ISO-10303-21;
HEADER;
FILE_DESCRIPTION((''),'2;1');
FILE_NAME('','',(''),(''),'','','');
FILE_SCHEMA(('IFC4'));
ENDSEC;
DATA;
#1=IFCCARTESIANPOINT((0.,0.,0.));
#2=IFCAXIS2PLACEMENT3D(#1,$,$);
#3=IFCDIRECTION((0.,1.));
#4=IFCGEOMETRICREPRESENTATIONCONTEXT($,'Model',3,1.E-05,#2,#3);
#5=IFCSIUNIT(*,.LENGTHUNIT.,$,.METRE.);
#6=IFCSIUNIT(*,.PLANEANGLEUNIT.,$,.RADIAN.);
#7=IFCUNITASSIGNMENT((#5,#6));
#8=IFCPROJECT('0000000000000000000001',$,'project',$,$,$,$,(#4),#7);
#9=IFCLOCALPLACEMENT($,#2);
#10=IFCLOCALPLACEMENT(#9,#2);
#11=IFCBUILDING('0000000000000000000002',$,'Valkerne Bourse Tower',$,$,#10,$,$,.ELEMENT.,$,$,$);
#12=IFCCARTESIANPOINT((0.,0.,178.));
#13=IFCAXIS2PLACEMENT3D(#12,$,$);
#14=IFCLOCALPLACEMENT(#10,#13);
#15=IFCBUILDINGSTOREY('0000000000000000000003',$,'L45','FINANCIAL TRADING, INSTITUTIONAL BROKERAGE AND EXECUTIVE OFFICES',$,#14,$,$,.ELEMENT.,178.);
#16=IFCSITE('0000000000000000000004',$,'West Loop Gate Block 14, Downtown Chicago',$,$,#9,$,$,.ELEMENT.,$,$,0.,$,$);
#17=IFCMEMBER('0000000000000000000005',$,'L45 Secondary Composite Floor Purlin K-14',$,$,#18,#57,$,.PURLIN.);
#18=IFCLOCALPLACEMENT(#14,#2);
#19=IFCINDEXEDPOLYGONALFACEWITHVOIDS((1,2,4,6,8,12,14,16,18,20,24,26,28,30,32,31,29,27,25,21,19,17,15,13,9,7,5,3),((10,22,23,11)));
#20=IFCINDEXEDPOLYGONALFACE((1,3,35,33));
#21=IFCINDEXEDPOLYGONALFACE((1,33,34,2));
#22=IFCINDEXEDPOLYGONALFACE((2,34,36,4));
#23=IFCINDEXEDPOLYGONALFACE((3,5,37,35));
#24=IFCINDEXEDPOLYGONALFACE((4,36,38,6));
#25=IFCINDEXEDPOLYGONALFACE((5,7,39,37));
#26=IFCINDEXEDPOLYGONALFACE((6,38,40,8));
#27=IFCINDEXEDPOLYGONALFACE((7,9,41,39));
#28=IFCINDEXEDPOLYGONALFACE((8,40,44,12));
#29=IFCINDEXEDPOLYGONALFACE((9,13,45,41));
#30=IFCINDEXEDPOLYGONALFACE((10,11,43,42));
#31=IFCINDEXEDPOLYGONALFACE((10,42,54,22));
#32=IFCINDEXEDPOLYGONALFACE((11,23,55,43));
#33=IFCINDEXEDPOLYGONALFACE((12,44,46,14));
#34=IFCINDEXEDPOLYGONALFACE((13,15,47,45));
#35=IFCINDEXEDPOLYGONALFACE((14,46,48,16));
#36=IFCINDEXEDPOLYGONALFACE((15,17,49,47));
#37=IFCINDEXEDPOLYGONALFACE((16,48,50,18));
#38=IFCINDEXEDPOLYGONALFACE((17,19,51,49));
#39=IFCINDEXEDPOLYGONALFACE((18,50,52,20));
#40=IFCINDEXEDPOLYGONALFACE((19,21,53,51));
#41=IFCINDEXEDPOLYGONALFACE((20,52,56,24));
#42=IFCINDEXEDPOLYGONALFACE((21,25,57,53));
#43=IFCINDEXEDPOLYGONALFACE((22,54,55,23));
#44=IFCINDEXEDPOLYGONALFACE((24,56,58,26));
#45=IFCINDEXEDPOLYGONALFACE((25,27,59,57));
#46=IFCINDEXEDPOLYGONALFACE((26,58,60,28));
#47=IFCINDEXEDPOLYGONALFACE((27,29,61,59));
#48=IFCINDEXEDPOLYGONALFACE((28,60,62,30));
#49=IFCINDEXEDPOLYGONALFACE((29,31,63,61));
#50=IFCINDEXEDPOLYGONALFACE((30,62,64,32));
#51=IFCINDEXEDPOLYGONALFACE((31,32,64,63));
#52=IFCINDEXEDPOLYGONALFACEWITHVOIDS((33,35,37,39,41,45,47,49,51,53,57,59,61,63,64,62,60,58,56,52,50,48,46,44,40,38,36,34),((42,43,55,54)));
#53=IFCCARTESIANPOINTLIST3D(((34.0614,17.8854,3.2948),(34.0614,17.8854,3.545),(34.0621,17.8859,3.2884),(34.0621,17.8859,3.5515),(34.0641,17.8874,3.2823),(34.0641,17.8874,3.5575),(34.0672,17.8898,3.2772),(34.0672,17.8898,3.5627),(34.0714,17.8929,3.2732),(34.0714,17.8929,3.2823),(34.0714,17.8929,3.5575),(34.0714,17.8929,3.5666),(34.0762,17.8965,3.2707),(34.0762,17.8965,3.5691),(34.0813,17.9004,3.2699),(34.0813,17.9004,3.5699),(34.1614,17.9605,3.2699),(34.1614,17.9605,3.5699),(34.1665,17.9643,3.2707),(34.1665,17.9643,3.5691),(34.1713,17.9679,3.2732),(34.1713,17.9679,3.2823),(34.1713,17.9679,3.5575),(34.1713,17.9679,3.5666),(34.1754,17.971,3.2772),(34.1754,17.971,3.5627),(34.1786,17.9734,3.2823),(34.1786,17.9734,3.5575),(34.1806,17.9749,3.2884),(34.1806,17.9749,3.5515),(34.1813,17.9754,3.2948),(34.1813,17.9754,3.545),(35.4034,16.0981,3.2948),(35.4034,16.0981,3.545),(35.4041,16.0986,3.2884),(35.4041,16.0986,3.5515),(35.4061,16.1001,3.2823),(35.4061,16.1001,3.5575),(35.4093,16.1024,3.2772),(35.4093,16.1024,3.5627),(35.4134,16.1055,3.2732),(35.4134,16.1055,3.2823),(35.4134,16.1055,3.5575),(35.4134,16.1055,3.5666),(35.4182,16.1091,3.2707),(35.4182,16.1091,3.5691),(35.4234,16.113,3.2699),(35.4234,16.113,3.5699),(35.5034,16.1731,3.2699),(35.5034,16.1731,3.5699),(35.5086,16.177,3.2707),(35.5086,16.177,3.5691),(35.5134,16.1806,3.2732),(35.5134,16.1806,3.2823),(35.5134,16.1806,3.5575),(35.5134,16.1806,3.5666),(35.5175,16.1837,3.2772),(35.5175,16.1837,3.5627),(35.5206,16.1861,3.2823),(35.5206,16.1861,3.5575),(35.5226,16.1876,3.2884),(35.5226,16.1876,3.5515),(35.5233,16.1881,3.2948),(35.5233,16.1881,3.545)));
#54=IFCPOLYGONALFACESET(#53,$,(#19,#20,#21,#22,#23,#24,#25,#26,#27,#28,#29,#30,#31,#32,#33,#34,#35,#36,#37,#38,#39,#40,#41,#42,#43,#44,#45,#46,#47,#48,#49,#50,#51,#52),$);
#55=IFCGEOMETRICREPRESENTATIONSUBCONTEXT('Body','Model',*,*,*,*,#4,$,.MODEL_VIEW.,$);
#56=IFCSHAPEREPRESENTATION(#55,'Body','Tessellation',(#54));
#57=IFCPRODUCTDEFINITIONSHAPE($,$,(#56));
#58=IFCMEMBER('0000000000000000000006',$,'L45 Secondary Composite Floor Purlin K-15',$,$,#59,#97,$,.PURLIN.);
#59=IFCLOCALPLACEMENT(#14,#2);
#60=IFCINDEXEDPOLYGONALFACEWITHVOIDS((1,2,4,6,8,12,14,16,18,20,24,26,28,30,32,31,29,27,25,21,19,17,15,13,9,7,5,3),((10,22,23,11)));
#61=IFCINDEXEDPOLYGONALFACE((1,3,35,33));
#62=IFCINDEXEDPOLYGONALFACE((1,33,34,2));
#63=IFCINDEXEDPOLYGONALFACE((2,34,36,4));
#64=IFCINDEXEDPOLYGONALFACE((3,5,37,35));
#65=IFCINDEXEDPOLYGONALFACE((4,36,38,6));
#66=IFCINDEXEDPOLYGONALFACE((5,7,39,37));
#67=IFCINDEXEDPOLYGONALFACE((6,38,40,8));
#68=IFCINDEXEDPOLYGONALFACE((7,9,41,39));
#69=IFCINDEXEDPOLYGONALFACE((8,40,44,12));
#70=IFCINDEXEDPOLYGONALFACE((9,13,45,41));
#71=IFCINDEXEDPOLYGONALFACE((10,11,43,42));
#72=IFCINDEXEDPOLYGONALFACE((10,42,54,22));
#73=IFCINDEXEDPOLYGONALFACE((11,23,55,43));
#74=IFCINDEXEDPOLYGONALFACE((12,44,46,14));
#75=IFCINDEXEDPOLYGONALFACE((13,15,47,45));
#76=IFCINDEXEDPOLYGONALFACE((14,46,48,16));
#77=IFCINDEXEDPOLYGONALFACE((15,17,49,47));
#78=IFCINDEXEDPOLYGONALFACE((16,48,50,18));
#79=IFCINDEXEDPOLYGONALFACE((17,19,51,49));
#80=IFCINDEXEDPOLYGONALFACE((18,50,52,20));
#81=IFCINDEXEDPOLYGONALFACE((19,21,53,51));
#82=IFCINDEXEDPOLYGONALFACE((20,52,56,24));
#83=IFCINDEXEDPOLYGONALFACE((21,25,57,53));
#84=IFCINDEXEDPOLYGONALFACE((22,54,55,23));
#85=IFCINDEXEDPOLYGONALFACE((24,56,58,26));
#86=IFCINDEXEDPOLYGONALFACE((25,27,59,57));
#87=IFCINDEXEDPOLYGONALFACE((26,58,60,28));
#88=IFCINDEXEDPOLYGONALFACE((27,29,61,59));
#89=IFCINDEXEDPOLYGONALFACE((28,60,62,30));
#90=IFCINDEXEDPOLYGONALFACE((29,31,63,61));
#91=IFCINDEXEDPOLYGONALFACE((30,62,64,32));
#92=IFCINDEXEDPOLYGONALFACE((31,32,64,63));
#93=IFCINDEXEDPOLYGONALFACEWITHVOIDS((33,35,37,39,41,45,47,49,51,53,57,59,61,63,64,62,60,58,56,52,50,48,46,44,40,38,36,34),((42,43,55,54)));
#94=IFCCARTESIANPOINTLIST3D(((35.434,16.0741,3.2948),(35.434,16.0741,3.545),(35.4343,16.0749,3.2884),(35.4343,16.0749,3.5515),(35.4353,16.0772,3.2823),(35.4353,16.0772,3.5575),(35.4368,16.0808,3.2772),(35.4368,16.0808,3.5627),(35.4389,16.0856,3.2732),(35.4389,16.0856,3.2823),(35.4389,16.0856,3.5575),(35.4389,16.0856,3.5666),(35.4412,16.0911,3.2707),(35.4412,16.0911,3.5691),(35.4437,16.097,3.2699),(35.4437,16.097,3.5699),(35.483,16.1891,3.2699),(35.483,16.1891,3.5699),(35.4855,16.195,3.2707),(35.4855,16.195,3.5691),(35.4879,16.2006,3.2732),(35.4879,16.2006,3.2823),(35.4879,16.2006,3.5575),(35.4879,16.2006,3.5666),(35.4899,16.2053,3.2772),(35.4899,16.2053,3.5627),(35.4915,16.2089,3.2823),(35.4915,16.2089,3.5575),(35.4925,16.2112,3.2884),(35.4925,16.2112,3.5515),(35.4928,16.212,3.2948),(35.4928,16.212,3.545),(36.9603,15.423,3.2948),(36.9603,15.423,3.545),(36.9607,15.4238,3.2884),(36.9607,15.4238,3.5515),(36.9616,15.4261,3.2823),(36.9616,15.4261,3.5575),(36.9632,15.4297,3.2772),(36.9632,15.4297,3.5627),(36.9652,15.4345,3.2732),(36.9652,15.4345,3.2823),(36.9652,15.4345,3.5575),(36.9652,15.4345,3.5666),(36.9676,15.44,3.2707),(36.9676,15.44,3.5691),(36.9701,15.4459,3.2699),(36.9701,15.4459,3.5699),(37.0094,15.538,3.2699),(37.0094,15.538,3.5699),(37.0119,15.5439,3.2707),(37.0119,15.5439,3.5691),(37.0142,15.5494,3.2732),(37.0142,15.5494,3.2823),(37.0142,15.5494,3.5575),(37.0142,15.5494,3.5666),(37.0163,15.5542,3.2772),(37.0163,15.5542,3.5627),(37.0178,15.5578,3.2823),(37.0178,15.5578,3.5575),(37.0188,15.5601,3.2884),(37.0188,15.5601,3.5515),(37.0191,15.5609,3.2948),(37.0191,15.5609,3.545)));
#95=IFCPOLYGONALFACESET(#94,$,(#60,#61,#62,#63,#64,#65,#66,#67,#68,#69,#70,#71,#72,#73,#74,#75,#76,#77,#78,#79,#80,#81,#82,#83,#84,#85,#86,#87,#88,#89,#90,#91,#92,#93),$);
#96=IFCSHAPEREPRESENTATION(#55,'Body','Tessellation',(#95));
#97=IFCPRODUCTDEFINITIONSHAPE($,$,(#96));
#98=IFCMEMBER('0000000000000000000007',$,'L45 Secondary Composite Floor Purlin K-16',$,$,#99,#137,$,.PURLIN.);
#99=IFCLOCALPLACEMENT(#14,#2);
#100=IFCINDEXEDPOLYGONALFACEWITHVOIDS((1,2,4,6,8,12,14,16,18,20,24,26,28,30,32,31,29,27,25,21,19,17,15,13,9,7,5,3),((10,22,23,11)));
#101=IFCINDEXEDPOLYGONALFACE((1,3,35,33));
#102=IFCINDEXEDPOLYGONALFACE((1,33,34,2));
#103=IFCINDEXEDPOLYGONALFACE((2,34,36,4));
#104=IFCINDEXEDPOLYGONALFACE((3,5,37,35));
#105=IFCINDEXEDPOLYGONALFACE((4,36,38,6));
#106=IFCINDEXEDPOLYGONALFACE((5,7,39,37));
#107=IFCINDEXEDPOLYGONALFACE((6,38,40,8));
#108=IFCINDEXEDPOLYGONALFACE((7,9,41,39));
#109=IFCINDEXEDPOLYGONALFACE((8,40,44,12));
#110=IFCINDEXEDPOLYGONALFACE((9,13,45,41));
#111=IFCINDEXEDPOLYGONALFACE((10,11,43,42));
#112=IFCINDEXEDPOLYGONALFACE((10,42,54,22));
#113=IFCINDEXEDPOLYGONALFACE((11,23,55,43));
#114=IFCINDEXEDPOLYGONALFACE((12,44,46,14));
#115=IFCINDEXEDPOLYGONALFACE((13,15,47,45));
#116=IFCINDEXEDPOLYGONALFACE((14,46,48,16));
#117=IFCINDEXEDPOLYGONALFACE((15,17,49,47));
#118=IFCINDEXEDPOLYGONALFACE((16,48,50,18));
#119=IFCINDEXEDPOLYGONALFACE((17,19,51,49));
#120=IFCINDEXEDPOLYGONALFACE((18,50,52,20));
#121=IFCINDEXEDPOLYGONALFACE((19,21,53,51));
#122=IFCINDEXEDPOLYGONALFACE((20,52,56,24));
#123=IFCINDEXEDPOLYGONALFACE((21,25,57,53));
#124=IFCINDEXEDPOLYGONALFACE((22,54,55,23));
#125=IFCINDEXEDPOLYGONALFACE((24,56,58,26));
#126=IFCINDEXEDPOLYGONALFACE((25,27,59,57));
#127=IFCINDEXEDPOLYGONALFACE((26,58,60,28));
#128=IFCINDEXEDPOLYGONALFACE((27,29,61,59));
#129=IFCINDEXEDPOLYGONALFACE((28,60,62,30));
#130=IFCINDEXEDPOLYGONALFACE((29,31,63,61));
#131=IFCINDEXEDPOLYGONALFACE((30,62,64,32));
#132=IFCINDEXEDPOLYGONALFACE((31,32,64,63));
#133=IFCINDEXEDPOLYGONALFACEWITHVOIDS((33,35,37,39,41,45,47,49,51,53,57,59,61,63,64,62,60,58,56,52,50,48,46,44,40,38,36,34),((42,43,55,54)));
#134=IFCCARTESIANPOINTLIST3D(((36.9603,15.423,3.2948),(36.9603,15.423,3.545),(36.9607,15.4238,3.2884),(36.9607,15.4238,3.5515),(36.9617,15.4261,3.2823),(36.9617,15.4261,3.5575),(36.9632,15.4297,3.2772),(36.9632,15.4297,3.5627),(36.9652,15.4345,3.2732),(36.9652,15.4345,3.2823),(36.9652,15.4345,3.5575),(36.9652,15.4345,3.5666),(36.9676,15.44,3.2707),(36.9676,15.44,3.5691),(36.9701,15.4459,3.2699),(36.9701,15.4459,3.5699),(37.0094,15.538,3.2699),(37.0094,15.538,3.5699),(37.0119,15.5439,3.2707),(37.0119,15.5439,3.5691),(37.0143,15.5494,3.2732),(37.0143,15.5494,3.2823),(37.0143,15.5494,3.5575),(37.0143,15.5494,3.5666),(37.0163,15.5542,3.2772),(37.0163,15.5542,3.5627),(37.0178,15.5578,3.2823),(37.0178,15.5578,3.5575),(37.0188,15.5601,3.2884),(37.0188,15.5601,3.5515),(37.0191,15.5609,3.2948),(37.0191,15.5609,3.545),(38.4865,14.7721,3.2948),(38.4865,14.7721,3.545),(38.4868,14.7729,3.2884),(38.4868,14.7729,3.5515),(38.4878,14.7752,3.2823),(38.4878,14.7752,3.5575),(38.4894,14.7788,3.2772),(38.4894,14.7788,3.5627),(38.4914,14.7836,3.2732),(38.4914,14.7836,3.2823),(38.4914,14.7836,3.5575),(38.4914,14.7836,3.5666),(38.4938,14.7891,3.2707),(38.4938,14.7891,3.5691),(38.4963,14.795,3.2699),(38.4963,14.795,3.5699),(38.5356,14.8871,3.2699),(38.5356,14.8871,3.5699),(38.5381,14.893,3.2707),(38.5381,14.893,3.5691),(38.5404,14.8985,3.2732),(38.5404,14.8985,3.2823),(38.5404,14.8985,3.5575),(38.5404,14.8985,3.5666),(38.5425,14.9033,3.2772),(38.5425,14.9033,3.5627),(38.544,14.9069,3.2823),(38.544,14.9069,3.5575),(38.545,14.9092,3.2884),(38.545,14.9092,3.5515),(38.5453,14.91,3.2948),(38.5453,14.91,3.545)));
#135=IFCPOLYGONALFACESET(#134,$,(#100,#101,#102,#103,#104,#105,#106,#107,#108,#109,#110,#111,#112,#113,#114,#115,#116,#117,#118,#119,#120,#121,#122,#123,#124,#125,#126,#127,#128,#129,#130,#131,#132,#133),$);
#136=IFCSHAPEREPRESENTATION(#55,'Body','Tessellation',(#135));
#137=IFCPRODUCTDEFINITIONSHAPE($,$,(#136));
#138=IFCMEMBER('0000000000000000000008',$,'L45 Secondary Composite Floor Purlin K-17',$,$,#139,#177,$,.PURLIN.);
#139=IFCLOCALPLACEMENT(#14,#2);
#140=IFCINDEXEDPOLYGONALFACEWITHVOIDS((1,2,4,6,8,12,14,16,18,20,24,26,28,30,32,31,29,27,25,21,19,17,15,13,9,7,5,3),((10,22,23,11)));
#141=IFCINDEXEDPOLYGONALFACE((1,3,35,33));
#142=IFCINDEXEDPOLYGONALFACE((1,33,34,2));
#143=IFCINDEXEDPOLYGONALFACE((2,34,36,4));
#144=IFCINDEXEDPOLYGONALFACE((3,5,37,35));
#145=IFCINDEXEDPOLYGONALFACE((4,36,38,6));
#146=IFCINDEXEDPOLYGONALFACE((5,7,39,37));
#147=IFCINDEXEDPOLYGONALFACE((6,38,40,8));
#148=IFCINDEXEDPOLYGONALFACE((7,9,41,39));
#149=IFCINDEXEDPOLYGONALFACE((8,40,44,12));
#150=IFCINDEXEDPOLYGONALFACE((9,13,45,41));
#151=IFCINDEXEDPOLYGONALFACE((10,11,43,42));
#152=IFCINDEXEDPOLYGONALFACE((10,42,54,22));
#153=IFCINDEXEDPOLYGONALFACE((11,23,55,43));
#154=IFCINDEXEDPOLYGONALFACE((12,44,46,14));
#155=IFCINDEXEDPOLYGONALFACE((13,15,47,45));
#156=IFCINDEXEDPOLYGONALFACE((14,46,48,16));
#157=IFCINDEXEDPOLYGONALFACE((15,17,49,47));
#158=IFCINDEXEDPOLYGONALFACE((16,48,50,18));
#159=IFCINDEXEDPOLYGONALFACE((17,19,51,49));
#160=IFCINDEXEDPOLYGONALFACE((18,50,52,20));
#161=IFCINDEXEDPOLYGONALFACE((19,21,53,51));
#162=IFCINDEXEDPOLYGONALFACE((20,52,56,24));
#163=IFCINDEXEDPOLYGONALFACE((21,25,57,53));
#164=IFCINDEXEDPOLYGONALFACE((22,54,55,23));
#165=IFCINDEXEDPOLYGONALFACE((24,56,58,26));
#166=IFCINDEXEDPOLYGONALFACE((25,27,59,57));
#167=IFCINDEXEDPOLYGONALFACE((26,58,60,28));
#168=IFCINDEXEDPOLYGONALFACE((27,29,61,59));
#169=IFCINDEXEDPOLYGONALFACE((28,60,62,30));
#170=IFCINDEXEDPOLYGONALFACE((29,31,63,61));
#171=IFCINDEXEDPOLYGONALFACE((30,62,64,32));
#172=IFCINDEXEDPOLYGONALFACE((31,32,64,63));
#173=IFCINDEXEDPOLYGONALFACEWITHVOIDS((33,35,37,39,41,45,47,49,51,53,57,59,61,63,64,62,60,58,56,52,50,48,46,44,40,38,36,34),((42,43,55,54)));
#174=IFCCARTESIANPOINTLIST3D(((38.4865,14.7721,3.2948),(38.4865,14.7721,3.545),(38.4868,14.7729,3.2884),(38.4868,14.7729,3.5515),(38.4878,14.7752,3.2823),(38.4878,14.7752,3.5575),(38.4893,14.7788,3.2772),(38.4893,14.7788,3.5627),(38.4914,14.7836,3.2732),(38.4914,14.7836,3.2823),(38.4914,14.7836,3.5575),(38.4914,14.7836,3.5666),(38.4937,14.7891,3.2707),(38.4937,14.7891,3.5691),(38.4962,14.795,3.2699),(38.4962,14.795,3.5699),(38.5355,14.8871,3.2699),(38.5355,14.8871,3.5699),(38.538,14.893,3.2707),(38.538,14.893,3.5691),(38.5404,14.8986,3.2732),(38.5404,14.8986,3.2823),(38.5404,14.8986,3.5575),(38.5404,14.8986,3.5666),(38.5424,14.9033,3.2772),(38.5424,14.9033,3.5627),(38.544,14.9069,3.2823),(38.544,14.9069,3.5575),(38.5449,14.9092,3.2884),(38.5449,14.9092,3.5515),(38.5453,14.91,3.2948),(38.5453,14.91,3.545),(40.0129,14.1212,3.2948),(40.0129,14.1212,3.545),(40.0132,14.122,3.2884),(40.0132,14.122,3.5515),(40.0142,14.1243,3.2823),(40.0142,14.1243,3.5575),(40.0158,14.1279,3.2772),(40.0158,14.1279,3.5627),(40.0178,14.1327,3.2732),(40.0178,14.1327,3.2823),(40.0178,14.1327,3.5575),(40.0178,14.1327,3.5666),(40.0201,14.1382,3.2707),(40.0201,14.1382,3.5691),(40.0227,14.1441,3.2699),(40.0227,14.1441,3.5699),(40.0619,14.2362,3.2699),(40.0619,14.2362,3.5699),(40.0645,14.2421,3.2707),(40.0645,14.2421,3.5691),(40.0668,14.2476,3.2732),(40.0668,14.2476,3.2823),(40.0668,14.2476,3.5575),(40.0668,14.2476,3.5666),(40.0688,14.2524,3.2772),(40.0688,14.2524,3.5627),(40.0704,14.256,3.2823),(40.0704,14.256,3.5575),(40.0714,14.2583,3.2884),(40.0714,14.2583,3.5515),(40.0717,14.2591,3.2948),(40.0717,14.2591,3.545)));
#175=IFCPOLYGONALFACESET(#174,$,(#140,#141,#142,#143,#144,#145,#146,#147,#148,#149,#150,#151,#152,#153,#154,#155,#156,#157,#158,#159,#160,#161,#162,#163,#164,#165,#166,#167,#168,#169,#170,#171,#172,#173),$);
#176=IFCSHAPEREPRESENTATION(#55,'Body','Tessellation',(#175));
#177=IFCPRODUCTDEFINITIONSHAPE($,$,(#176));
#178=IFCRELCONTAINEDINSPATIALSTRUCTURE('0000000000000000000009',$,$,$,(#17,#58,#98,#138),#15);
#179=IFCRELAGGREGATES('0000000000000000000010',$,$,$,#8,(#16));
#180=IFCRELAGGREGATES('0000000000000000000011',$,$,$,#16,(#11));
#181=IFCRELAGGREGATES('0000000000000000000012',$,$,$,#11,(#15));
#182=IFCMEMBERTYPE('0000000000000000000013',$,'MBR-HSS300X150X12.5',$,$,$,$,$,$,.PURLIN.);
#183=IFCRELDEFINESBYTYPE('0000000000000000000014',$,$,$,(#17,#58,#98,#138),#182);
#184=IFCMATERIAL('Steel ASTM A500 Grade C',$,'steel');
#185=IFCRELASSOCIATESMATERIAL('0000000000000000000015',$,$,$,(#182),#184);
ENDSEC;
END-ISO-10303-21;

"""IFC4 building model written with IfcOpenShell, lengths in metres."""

from ifc_helpers import new_model, si_unit, direction, frame, origin, origin_2d, place, context, subcontext, project, spatial, hollow_rectangle, extrude, material, material_profile, profile_set, type_object, element, save


model = new_model("IFC4")

# Units and contexts
model_context = context("Model", 3, precision=1e-05, world=origin(), true_north=direction((0.0, 1.0)))
body_context = subcontext(model_context, "Body", "Model", "MODEL_VIEW")
ifc_project = project(units=[si_unit("LENGTHUNIT", "METRE"), si_unit("PLANEANGLEUNIT", "RADIAN")], contexts=[model_context])

# Site, building, storey
site_placement = place(None, origin())
site = spatial("IfcSite", under=ifc_project, at=site_placement, Name="West Loop Gate Block 14, Downtown Chicago", CompositionType="ELEMENT", RefElevation=0.0)
building_placement = place(site_placement, origin())
building = spatial("IfcBuilding", under=site, at=building_placement, Name="Valkerne Bourse Tower", CompositionType="ELEMENT")
storey_placement = place(building_placement, frame((0.0, 0.0, 178.0)))
storey = spatial("IfcBuildingStorey", under=building, at=storey_placement, Name="L45", Description="FINANCIAL TRADING, INSTITUTIONAL BROKERAGE AND EXECUTIVE OFFICES", CompositionType="ELEMENT", Elevation=178.0)

# Members
ifc_material_1 = material(Name="Steel ASTM A500 Grade C", Category="steel")
ifc_material_profile_1 = material_profile(ifc_material_1, hollow_rectangle(XDim=0.1499, YDim=0.3, WallThickness=0.0125, OuterFilletRadius=0.0249, at=origin_2d()), Name="HSS300X150X12.5")
ifc_profile_set_1 = profile_set([ifc_material_profile_1], Name="Steel ASTM A500 Grade C")
member_type_1 = type_object("IfcMemberType", Name="MBR-HSS300X150X12.5", PredefinedType="PURLIN", material=ifc_profile_set_1)
member_1_placement = place(storey_placement, frame((34.1213, 17.9304, 3.4199), z_axis=(0.600437, -0.799672, 0.0), x_axis=(0.799672, 0.600437, 0.0)))
element("IfcMember", 1, at=member_1_placement, inside=storey, type_object=member_type_1, Name="L45 Secondary Composite Floor Purlin K-14", PredefinedType="PURLIN", context=body_context, shape_type="SweptSolid", body=[
    extrude(hollow_rectangle(XDim=0.1499, YDim=0.3, WallThickness=0.0125, OuterFilletRadius=0.0249, at=origin_2d()), origin(), (0.0, 0.0, 1.0), 2.2351),
])
member_2_placement = place(storey_placement, frame((35.4634, 16.1431, 3.4199), z_axis=(0.919806, -0.392374, 0.0), x_axis=(0.392374, 0.919806, 0.0)))
element("IfcMember", 2, at=member_2_placement, inside=storey, type_object=member_type_1, Name="L45 Secondary Composite Floor Purlin K-15", PredefinedType="PURLIN", context=body_context, shape_type="SweptSolid", body=[
    extrude(hollow_rectangle(XDim=0.1499, YDim=0.3, WallThickness=0.0125, OuterFilletRadius=0.0249, at=origin_2d()), origin(), (0.0, 0.0, 1.0), 1.6594),
])
member_3_placement = place(storey_placement, frame((36.9897, 15.4919, 3.4199), z_axis=(0.919836, -0.392303, 0.0), x_axis=(0.392303, 0.919836, 0.0)))
element("IfcMember", 3, at=member_3_placement, inside=storey, type_object=member_type_1, Name="L45 Secondary Composite Floor Purlin K-16", PredefinedType="PURLIN", context=body_context, shape_type="SweptSolid", body=[
    extrude(hollow_rectangle(XDim=0.1499, YDim=0.3, WallThickness=0.0125, OuterFilletRadius=0.0249, at=origin_2d()), origin(), (0.0, 0.0, 1.0), 1.6592),
])
member_4_placement = place(storey_placement, frame((38.5159, 14.8411, 3.4199), z_axis=(0.919859, -0.392249, 0.0), x_axis=(0.392249, 0.919859, 0.0)))
element("IfcMember", 4, at=member_4_placement, inside=storey, type_object=member_type_1, Name="L45 Secondary Composite Floor Purlin K-17", PredefinedType="PURLIN", context=body_context, shape_type="SweptSolid", body=[
    extrude(hollow_rectangle(XDim=0.1499, YDim=0.3, WallThickness=0.0125, OuterFilletRadius=0.0249, at=origin_2d()), origin(), (0.0, 0.0, 1.0), 1.6594),
])

save(model, "model.ifc")
